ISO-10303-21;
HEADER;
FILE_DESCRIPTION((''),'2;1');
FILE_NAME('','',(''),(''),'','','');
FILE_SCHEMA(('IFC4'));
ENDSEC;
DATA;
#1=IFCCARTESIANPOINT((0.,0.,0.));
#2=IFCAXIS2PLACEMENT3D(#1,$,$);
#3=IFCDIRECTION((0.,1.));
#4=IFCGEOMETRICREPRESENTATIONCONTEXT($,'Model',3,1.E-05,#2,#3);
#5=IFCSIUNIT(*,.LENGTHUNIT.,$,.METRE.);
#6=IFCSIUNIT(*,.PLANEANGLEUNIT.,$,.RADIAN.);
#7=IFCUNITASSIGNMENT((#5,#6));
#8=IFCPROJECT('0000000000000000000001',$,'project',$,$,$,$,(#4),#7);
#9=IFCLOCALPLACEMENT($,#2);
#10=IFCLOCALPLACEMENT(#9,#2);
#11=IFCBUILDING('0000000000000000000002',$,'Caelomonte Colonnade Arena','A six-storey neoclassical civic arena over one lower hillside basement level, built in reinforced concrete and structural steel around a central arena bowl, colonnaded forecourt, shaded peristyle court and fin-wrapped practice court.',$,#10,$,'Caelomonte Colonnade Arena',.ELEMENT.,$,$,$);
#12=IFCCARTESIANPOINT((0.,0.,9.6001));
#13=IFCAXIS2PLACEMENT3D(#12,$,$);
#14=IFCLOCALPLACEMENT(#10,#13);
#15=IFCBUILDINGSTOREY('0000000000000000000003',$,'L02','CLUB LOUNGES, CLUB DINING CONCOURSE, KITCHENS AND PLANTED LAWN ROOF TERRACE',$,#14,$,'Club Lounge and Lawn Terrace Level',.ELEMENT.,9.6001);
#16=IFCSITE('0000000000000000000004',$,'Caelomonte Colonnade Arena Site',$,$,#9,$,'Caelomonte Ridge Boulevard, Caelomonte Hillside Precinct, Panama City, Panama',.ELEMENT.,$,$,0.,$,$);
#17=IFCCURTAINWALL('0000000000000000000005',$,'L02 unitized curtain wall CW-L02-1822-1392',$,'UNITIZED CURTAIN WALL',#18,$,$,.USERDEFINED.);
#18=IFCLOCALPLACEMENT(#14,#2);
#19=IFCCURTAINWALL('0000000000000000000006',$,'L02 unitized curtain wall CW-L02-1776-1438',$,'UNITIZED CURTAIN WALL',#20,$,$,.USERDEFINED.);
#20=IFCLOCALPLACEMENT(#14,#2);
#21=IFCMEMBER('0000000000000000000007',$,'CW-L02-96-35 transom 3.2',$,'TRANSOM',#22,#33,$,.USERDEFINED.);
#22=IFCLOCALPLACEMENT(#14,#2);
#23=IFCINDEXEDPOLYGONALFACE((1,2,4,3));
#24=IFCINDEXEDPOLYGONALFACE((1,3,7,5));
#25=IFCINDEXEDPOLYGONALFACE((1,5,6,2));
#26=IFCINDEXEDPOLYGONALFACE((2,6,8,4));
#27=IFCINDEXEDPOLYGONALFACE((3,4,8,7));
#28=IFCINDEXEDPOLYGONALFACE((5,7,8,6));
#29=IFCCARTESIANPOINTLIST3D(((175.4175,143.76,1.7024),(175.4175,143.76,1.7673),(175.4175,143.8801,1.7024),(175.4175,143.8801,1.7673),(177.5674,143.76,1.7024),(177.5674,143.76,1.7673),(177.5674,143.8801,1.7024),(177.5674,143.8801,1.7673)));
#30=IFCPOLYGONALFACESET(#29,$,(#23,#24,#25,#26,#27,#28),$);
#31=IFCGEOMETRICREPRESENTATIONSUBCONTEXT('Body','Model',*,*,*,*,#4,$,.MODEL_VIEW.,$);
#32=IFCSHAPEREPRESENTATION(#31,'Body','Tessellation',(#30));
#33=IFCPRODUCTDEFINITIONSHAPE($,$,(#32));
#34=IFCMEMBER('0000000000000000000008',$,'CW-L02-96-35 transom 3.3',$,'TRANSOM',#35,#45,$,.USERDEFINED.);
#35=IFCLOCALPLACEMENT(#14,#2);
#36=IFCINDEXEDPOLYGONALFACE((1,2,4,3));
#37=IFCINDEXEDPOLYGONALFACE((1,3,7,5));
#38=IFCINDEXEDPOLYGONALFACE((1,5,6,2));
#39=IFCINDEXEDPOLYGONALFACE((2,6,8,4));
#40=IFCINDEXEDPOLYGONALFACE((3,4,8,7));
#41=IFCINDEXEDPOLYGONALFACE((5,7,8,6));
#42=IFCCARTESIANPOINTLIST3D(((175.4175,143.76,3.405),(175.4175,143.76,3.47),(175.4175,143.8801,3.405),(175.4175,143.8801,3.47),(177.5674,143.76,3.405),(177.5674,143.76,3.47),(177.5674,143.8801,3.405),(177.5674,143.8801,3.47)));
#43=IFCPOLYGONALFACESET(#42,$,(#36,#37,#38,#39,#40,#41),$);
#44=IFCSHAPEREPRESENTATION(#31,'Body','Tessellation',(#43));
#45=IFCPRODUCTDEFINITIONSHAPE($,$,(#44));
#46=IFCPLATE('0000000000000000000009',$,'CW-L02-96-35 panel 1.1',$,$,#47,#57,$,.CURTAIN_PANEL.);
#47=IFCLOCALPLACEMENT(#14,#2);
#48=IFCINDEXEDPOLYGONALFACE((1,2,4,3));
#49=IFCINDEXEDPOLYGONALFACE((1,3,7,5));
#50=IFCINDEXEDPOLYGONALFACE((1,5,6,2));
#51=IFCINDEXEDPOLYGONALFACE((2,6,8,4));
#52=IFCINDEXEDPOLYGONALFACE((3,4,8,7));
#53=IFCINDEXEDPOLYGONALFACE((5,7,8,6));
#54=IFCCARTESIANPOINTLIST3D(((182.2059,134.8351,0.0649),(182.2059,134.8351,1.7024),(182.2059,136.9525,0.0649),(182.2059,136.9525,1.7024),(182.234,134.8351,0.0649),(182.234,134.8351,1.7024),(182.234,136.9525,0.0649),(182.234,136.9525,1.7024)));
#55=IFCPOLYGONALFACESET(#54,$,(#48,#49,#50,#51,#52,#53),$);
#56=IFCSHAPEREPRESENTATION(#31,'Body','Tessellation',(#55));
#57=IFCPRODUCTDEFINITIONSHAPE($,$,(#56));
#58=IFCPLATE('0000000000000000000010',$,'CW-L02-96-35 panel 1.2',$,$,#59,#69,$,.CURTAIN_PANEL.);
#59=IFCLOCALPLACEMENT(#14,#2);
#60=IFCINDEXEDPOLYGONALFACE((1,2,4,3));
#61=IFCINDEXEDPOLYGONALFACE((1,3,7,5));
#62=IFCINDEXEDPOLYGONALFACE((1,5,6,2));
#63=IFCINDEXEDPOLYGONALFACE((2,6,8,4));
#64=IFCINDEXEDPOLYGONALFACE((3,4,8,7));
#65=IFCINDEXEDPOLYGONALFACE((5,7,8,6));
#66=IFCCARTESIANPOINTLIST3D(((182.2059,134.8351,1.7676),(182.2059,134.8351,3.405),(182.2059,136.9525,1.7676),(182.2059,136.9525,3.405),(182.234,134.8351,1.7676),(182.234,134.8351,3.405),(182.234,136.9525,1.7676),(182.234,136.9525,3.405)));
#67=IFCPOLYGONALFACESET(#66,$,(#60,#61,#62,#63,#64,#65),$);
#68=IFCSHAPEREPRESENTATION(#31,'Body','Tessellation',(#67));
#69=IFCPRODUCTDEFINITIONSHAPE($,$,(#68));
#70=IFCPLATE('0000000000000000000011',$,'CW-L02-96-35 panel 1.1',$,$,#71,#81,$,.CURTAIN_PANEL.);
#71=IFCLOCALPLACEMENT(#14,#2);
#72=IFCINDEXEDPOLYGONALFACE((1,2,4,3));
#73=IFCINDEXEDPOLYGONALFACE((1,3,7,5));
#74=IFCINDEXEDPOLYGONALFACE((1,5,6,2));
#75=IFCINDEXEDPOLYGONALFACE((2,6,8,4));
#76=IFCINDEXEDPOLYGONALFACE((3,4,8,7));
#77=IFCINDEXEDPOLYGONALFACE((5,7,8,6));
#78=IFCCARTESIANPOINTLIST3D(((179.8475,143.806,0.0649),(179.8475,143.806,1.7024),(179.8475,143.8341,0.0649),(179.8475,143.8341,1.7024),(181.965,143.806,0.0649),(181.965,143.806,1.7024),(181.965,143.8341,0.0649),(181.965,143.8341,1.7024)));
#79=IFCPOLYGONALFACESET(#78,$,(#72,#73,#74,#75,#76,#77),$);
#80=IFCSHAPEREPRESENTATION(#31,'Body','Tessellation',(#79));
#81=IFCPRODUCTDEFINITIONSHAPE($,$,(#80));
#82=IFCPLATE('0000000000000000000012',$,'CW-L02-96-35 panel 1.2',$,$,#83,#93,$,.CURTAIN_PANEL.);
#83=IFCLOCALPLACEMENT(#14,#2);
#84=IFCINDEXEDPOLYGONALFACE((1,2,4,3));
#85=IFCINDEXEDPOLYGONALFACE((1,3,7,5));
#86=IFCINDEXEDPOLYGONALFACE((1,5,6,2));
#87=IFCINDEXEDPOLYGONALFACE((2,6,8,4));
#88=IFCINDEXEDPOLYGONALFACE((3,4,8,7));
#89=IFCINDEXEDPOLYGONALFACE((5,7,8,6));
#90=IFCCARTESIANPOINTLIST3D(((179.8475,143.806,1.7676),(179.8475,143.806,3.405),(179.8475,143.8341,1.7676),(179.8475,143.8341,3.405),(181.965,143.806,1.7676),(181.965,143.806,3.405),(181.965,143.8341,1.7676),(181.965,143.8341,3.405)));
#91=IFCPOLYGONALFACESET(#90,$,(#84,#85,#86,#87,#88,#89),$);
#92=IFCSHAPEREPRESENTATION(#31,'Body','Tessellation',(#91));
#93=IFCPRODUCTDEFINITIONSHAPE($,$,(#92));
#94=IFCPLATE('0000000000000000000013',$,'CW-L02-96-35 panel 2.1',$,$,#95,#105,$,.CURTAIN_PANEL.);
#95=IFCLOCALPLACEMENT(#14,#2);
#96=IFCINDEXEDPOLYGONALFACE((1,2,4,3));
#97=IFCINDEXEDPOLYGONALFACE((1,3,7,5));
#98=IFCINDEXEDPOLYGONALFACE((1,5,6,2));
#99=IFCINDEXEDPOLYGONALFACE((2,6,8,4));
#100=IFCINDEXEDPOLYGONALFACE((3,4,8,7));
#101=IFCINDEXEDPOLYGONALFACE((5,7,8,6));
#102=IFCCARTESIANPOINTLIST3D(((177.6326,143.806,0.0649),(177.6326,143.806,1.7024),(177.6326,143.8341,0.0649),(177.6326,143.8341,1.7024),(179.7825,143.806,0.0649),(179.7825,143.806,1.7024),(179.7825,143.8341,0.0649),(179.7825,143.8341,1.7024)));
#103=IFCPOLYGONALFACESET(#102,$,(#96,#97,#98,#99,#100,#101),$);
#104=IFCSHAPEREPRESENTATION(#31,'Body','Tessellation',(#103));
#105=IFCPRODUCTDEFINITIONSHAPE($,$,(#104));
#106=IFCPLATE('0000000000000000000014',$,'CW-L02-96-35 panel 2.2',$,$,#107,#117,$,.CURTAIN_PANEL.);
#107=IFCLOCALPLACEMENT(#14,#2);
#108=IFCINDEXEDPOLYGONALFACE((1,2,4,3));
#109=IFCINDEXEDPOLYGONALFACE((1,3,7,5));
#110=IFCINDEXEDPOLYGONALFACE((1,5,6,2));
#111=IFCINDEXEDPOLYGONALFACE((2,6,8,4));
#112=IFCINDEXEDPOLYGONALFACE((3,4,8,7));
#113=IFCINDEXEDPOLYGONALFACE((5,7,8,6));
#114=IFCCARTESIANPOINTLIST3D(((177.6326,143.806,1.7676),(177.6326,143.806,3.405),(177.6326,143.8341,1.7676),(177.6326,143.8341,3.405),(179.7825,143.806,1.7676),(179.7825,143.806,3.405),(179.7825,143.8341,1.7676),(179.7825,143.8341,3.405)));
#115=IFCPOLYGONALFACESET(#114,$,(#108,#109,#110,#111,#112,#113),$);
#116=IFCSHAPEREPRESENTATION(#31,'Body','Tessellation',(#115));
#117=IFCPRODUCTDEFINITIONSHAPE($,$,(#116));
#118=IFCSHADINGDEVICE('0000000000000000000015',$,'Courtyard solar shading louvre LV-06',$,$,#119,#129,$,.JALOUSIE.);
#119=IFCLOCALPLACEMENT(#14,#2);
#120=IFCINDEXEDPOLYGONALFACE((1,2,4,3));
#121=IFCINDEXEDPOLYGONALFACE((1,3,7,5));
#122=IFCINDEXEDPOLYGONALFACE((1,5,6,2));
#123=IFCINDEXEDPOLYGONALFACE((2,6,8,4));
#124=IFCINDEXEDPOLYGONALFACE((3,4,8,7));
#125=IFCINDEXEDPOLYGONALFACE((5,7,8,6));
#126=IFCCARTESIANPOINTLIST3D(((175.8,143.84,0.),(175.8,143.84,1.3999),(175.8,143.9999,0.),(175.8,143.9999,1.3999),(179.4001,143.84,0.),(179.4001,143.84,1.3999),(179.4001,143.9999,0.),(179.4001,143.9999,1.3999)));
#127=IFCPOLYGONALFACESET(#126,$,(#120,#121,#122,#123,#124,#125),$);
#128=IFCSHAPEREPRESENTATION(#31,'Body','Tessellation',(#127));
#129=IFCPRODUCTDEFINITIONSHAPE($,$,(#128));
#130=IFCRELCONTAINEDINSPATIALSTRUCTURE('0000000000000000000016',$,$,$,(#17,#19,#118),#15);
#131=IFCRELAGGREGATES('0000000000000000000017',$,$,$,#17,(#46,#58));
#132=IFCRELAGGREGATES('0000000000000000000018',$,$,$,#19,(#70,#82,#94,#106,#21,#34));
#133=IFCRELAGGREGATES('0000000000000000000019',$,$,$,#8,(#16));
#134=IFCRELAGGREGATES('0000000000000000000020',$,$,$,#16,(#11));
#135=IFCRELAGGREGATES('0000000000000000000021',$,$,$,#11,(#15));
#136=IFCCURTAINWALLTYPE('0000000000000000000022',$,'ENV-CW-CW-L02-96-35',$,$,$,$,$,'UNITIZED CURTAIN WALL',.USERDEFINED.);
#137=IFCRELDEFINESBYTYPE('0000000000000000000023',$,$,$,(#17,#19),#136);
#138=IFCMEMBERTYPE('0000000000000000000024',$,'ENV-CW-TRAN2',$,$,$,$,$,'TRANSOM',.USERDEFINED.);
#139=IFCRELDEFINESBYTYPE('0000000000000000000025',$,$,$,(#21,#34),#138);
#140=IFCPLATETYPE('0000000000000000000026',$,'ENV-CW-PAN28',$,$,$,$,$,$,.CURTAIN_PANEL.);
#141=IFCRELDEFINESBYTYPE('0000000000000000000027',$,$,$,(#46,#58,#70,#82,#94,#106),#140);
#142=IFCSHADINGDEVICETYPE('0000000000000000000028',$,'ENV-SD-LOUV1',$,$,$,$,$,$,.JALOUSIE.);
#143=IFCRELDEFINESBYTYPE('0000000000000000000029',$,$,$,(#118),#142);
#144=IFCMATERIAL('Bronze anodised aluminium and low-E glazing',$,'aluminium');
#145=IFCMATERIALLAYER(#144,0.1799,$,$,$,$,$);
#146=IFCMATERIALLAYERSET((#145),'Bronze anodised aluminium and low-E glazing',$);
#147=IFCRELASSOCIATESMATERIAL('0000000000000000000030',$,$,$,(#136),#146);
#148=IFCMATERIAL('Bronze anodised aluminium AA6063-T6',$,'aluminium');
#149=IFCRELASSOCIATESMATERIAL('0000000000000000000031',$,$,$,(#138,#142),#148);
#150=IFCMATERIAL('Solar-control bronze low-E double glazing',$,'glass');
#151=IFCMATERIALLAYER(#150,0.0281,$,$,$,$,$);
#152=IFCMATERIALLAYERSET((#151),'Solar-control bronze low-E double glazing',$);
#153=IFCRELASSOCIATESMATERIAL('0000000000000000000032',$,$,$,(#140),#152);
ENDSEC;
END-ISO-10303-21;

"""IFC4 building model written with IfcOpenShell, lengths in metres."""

from ifc_helpers import new_model, si_unit, direction, frame, origin, origin_2d, place, context, subcontext, project, spatial, rectangle, extrude, material, layer, layer_set, material_profile, profile_set, type_object, element, aggregate, save


model = new_model("IFC4")

# Units and contexts
model_context = context("Model", 3, precision=1e-05, world=origin(), true_north=direction((0.0, 1.0)))
body_context = subcontext(model_context, "Body", "Model", "MODEL_VIEW")
ifc_project = project(units=[si_unit("LENGTHUNIT", "METRE"), si_unit("PLANEANGLEUNIT", "RADIAN")], contexts=[model_context])

# Site, building, storey
site_placement = place(None, origin())
site = spatial("IfcSite", under=ifc_project, at=site_placement, Name="Caelomonte Colonnade Arena Site", LongName="Caelomonte Ridge Boulevard, Caelomonte Hillside Precinct, Panama City, Panama", CompositionType="ELEMENT", RefElevation=0.0)
building_placement = place(site_placement, origin())
building = spatial("IfcBuilding", under=site, at=building_placement, Name="Caelomonte Colonnade Arena", Description="A six-storey neoclassical civic arena over one lower hillside basement level, built in reinforced concrete and structural steel around a central arena bowl, colonnaded forecourt, shaded peristyle court and fin-wrapped practice court.", LongName="Caelomonte Colonnade Arena", CompositionType="ELEMENT")
storey_placement = place(building_placement, frame((0.0, 0.0, 9.6001)))
storey = spatial("IfcBuildingStorey", under=building, at=storey_placement, Name="L02", Description="CLUB LOUNGES, CLUB DINING CONCOURSE, KITCHENS AND PLANTED LAWN ROOF TERRACE", LongName="Club Lounge and Lawn Terrace Level", CompositionType="ELEMENT", Elevation=9.6001)

# Curtain walls
ifc_material_1 = material(Name="Bronze anodised aluminium and low-E glazing", Category="aluminium")
ifc_layer_1 = layer(ifc_material_1, 0.1799)
ifc_layer_set_1 = layer_set([ifc_layer_1], Name="Bronze anodised aluminium and low-E glazing")
curtain_wall_type = type_object("IfcCurtainWallType", Name="ENV-CW-CW-L02-96-35", ElementType="UNITIZED CURTAIN WALL", PredefinedType="USERDEFINED", material=ifc_layer_set_1)
curtain_wall_1_placement = place(storey_placement, origin())
curtain_wall_1 = element("IfcCurtainWall", 1, at=curtain_wall_1_placement, inside=storey, type_object=curtain_wall_type, Name="L02 unitized curtain wall CW-L02-1822-1392", ObjectType="UNITIZED CURTAIN WALL", PredefinedType="USERDEFINED")
ifc_material_2 = material(Name="Bronze anodised aluminium AA6063-T6", Category="aluminium")
curtain_wall_2_placement = place(storey_placement, origin())
curtain_wall_2 = element("IfcCurtainWall", 2, at=curtain_wall_2_placement, inside=storey, type_object=curtain_wall_type, Name="L02 unitized curtain wall CW-L02-1776-1438", ObjectType="UNITIZED CURTAIN WALL", PredefinedType="USERDEFINED")

# Members
ifc_material_profile_1 = material_profile(ifc_material_2, rectangle(XDim=0.0649, YDim=0.1201, at=origin_2d()), Name="CWT-65X120")
ifc_profile_set_1 = profile_set([ifc_material_profile_1], Name="Bronze anodised aluminium AA6063-T6")
member_type_1 = type_object("IfcMemberType", Name="ENV-CW-TRAN2", ElementType="TRANSOM", PredefinedType="USERDEFINED", material=ifc_profile_set_1)
member_1_placement = place(storey_placement, frame((177.5674, 143.8201, 1.7349), z_axis=(-1.0, 0.0, 0.0), x_axis=(0.0, 0.0, 1.0)))
member_1 = element("IfcMember", 3, at=member_1_placement, type_object=member_type_1, Name="CW-L02-96-35 transom 3.2", ObjectType="TRANSOM", PredefinedType="USERDEFINED", context=body_context, shape_type="SweptSolid", body=[
    extrude(rectangle(XDim=0.0649, YDim=0.1201, at=origin_2d()), origin(), (0.0, 0.0, 1.0), 2.1499),
])
member_2_placement = place(storey_placement, frame((177.5674, 143.8201, 3.4375), z_axis=(-1.0, 0.0, 0.0), x_axis=(0.0, 0.0, 1.0)))
member_2 = element("IfcMember", 4, at=member_2_placement, type_object=member_type_1, Name="CW-L02-96-35 transom 3.3", ObjectType="TRANSOM", PredefinedType="USERDEFINED", context=body_context, shape_type="SweptSolid", body=[
    extrude(rectangle(XDim=0.0649, YDim=0.1201, at=origin_2d()), origin(), (0.0, 0.0, 1.0), 2.1499),
])

# Plates
ifc_material_3 = material(Name="Solar-control bronze low-E double glazing", Category="glass")
ifc_layer_2 = layer(ifc_material_3, 0.0281)
ifc_layer_set_2 = layer_set([ifc_layer_2], Name="Solar-control bronze low-E double glazing")
plate_type = type_object("IfcPlateType", Name="ENV-CW-PAN28", PredefinedType="CURTAIN_PANEL", material=ifc_layer_set_2)
plate_1_placement = place(storey_placement, frame((182.22, 135.8938, 0.0649), z_axis=(0.0, 0.0, 1.0), x_axis=(0.0, 1.0, 0.0)))
plate_1 = element("IfcPlate", 5, at=plate_1_placement, type_object=plate_type, Name="CW-L02-96-35 panel 1.1", PredefinedType="CURTAIN_PANEL", context=body_context, shape_type="SweptSolid", body=[
    extrude(rectangle(XDim=2.1174, YDim=0.0281, at=origin_2d()), origin(), (0.0, 0.0, 1.0), 1.6375),
])
plate_2_placement = place(storey_placement, frame((182.22, 135.8938, 1.7676), z_axis=(0.0, 0.0, 1.0), x_axis=(0.0, 1.0, 0.0)))
plate_2 = element("IfcPlate", 6, at=plate_2_placement, type_object=plate_type, Name="CW-L02-96-35 panel 1.2", PredefinedType="CURTAIN_PANEL", context=body_context, shape_type="SweptSolid", body=[
    extrude(rectangle(XDim=2.1174, YDim=0.0281, at=origin_2d()), origin(), (0.0, 0.0, 1.0), 1.6375),
])
aggregate(curtain_wall_1, [plate_1, plate_2])
plate_3_placement = place(storey_placement, frame((180.9062, 143.8201, 0.0649), z_axis=(0.0, 0.0, 1.0), x_axis=(-1.0, 0.0, 0.0)))
plate_3 = element("IfcPlate", 7, at=plate_3_placement, type_object=plate_type, Name="CW-L02-96-35 panel 1.1", PredefinedType="CURTAIN_PANEL", context=body_context, shape_type="SweptSolid", body=[
    extrude(rectangle(XDim=2.1174, YDim=0.0281, at=origin_2d()), origin(), (0.0, 0.0, 1.0), 1.6375),
])
plate_4_placement = place(storey_placement, frame((180.9062, 143.8201, 1.7676), z_axis=(0.0, 0.0, 1.0), x_axis=(-1.0, 0.0, 0.0)))
plate_4 = element("IfcPlate", 8, at=plate_4_placement, type_object=plate_type, Name="CW-L02-96-35 panel 1.2", PredefinedType="CURTAIN_PANEL", context=body_context, shape_type="SweptSolid", body=[
    extrude(rectangle(XDim=2.1174, YDim=0.0281, at=origin_2d()), origin(), (0.0, 0.0, 1.0), 1.6375),
])
plate_5_placement = place(storey_placement, frame((178.7075, 143.8201, 0.0649), z_axis=(0.0, 0.0, 1.0), x_axis=(-1.0, 0.0, 0.0)))
plate_5 = element("IfcPlate", 9, at=plate_5_placement, type_object=plate_type, Name="CW-L02-96-35 panel 2.1", PredefinedType="CURTAIN_PANEL", context=body_context, shape_type="SweptSolid", body=[
    extrude(rectangle(XDim=2.1499, YDim=0.0281, at=origin_2d()), origin(), (0.0, 0.0, 1.0), 1.6375),
])
plate_6_placement = place(storey_placement, frame((178.7075, 143.8201, 1.7676), z_axis=(0.0, 0.0, 1.0), x_axis=(-1.0, 0.0, 0.0)))
plate_6 = element("IfcPlate", 10, at=plate_6_placement, type_object=plate_type, Name="CW-L02-96-35 panel 2.2", PredefinedType="CURTAIN_PANEL", context=body_context, shape_type="SweptSolid", body=[
    extrude(rectangle(XDim=2.1499, YDim=0.0281, at=origin_2d()), origin(), (0.0, 0.0, 1.0), 1.6375),
])
aggregate(curtain_wall_2, [plate_3, plate_4, plate_5, plate_6, member_1, member_2])

# Shading device
shading_device_type = type_object("IfcShadingDeviceType", Name="ENV-SD-LOUV1", PredefinedType="JALOUSIE", material=ifc_material_2)
shading_device_placement = place(storey_placement, frame((177.6001, 143.9199, 0.0), z_axis=(0.0, 0.0, 1.0), x_axis=(1.0, 0.0, 0.0)))
element("IfcShadingDevice", 11, at=shading_device_placement, inside=storey, type_object=shading_device_type, Name="Courtyard solar shading louvre LV-06", PredefinedType="JALOUSIE", context=body_context, shape_type="SweptSolid", body=[
    extrude(rectangle(XDim=3.6001, YDim=0.1599, at=origin_2d()), origin(), (0.0, 0.0, 1.0), 1.3999),
])

save(model, "model.ifc")
